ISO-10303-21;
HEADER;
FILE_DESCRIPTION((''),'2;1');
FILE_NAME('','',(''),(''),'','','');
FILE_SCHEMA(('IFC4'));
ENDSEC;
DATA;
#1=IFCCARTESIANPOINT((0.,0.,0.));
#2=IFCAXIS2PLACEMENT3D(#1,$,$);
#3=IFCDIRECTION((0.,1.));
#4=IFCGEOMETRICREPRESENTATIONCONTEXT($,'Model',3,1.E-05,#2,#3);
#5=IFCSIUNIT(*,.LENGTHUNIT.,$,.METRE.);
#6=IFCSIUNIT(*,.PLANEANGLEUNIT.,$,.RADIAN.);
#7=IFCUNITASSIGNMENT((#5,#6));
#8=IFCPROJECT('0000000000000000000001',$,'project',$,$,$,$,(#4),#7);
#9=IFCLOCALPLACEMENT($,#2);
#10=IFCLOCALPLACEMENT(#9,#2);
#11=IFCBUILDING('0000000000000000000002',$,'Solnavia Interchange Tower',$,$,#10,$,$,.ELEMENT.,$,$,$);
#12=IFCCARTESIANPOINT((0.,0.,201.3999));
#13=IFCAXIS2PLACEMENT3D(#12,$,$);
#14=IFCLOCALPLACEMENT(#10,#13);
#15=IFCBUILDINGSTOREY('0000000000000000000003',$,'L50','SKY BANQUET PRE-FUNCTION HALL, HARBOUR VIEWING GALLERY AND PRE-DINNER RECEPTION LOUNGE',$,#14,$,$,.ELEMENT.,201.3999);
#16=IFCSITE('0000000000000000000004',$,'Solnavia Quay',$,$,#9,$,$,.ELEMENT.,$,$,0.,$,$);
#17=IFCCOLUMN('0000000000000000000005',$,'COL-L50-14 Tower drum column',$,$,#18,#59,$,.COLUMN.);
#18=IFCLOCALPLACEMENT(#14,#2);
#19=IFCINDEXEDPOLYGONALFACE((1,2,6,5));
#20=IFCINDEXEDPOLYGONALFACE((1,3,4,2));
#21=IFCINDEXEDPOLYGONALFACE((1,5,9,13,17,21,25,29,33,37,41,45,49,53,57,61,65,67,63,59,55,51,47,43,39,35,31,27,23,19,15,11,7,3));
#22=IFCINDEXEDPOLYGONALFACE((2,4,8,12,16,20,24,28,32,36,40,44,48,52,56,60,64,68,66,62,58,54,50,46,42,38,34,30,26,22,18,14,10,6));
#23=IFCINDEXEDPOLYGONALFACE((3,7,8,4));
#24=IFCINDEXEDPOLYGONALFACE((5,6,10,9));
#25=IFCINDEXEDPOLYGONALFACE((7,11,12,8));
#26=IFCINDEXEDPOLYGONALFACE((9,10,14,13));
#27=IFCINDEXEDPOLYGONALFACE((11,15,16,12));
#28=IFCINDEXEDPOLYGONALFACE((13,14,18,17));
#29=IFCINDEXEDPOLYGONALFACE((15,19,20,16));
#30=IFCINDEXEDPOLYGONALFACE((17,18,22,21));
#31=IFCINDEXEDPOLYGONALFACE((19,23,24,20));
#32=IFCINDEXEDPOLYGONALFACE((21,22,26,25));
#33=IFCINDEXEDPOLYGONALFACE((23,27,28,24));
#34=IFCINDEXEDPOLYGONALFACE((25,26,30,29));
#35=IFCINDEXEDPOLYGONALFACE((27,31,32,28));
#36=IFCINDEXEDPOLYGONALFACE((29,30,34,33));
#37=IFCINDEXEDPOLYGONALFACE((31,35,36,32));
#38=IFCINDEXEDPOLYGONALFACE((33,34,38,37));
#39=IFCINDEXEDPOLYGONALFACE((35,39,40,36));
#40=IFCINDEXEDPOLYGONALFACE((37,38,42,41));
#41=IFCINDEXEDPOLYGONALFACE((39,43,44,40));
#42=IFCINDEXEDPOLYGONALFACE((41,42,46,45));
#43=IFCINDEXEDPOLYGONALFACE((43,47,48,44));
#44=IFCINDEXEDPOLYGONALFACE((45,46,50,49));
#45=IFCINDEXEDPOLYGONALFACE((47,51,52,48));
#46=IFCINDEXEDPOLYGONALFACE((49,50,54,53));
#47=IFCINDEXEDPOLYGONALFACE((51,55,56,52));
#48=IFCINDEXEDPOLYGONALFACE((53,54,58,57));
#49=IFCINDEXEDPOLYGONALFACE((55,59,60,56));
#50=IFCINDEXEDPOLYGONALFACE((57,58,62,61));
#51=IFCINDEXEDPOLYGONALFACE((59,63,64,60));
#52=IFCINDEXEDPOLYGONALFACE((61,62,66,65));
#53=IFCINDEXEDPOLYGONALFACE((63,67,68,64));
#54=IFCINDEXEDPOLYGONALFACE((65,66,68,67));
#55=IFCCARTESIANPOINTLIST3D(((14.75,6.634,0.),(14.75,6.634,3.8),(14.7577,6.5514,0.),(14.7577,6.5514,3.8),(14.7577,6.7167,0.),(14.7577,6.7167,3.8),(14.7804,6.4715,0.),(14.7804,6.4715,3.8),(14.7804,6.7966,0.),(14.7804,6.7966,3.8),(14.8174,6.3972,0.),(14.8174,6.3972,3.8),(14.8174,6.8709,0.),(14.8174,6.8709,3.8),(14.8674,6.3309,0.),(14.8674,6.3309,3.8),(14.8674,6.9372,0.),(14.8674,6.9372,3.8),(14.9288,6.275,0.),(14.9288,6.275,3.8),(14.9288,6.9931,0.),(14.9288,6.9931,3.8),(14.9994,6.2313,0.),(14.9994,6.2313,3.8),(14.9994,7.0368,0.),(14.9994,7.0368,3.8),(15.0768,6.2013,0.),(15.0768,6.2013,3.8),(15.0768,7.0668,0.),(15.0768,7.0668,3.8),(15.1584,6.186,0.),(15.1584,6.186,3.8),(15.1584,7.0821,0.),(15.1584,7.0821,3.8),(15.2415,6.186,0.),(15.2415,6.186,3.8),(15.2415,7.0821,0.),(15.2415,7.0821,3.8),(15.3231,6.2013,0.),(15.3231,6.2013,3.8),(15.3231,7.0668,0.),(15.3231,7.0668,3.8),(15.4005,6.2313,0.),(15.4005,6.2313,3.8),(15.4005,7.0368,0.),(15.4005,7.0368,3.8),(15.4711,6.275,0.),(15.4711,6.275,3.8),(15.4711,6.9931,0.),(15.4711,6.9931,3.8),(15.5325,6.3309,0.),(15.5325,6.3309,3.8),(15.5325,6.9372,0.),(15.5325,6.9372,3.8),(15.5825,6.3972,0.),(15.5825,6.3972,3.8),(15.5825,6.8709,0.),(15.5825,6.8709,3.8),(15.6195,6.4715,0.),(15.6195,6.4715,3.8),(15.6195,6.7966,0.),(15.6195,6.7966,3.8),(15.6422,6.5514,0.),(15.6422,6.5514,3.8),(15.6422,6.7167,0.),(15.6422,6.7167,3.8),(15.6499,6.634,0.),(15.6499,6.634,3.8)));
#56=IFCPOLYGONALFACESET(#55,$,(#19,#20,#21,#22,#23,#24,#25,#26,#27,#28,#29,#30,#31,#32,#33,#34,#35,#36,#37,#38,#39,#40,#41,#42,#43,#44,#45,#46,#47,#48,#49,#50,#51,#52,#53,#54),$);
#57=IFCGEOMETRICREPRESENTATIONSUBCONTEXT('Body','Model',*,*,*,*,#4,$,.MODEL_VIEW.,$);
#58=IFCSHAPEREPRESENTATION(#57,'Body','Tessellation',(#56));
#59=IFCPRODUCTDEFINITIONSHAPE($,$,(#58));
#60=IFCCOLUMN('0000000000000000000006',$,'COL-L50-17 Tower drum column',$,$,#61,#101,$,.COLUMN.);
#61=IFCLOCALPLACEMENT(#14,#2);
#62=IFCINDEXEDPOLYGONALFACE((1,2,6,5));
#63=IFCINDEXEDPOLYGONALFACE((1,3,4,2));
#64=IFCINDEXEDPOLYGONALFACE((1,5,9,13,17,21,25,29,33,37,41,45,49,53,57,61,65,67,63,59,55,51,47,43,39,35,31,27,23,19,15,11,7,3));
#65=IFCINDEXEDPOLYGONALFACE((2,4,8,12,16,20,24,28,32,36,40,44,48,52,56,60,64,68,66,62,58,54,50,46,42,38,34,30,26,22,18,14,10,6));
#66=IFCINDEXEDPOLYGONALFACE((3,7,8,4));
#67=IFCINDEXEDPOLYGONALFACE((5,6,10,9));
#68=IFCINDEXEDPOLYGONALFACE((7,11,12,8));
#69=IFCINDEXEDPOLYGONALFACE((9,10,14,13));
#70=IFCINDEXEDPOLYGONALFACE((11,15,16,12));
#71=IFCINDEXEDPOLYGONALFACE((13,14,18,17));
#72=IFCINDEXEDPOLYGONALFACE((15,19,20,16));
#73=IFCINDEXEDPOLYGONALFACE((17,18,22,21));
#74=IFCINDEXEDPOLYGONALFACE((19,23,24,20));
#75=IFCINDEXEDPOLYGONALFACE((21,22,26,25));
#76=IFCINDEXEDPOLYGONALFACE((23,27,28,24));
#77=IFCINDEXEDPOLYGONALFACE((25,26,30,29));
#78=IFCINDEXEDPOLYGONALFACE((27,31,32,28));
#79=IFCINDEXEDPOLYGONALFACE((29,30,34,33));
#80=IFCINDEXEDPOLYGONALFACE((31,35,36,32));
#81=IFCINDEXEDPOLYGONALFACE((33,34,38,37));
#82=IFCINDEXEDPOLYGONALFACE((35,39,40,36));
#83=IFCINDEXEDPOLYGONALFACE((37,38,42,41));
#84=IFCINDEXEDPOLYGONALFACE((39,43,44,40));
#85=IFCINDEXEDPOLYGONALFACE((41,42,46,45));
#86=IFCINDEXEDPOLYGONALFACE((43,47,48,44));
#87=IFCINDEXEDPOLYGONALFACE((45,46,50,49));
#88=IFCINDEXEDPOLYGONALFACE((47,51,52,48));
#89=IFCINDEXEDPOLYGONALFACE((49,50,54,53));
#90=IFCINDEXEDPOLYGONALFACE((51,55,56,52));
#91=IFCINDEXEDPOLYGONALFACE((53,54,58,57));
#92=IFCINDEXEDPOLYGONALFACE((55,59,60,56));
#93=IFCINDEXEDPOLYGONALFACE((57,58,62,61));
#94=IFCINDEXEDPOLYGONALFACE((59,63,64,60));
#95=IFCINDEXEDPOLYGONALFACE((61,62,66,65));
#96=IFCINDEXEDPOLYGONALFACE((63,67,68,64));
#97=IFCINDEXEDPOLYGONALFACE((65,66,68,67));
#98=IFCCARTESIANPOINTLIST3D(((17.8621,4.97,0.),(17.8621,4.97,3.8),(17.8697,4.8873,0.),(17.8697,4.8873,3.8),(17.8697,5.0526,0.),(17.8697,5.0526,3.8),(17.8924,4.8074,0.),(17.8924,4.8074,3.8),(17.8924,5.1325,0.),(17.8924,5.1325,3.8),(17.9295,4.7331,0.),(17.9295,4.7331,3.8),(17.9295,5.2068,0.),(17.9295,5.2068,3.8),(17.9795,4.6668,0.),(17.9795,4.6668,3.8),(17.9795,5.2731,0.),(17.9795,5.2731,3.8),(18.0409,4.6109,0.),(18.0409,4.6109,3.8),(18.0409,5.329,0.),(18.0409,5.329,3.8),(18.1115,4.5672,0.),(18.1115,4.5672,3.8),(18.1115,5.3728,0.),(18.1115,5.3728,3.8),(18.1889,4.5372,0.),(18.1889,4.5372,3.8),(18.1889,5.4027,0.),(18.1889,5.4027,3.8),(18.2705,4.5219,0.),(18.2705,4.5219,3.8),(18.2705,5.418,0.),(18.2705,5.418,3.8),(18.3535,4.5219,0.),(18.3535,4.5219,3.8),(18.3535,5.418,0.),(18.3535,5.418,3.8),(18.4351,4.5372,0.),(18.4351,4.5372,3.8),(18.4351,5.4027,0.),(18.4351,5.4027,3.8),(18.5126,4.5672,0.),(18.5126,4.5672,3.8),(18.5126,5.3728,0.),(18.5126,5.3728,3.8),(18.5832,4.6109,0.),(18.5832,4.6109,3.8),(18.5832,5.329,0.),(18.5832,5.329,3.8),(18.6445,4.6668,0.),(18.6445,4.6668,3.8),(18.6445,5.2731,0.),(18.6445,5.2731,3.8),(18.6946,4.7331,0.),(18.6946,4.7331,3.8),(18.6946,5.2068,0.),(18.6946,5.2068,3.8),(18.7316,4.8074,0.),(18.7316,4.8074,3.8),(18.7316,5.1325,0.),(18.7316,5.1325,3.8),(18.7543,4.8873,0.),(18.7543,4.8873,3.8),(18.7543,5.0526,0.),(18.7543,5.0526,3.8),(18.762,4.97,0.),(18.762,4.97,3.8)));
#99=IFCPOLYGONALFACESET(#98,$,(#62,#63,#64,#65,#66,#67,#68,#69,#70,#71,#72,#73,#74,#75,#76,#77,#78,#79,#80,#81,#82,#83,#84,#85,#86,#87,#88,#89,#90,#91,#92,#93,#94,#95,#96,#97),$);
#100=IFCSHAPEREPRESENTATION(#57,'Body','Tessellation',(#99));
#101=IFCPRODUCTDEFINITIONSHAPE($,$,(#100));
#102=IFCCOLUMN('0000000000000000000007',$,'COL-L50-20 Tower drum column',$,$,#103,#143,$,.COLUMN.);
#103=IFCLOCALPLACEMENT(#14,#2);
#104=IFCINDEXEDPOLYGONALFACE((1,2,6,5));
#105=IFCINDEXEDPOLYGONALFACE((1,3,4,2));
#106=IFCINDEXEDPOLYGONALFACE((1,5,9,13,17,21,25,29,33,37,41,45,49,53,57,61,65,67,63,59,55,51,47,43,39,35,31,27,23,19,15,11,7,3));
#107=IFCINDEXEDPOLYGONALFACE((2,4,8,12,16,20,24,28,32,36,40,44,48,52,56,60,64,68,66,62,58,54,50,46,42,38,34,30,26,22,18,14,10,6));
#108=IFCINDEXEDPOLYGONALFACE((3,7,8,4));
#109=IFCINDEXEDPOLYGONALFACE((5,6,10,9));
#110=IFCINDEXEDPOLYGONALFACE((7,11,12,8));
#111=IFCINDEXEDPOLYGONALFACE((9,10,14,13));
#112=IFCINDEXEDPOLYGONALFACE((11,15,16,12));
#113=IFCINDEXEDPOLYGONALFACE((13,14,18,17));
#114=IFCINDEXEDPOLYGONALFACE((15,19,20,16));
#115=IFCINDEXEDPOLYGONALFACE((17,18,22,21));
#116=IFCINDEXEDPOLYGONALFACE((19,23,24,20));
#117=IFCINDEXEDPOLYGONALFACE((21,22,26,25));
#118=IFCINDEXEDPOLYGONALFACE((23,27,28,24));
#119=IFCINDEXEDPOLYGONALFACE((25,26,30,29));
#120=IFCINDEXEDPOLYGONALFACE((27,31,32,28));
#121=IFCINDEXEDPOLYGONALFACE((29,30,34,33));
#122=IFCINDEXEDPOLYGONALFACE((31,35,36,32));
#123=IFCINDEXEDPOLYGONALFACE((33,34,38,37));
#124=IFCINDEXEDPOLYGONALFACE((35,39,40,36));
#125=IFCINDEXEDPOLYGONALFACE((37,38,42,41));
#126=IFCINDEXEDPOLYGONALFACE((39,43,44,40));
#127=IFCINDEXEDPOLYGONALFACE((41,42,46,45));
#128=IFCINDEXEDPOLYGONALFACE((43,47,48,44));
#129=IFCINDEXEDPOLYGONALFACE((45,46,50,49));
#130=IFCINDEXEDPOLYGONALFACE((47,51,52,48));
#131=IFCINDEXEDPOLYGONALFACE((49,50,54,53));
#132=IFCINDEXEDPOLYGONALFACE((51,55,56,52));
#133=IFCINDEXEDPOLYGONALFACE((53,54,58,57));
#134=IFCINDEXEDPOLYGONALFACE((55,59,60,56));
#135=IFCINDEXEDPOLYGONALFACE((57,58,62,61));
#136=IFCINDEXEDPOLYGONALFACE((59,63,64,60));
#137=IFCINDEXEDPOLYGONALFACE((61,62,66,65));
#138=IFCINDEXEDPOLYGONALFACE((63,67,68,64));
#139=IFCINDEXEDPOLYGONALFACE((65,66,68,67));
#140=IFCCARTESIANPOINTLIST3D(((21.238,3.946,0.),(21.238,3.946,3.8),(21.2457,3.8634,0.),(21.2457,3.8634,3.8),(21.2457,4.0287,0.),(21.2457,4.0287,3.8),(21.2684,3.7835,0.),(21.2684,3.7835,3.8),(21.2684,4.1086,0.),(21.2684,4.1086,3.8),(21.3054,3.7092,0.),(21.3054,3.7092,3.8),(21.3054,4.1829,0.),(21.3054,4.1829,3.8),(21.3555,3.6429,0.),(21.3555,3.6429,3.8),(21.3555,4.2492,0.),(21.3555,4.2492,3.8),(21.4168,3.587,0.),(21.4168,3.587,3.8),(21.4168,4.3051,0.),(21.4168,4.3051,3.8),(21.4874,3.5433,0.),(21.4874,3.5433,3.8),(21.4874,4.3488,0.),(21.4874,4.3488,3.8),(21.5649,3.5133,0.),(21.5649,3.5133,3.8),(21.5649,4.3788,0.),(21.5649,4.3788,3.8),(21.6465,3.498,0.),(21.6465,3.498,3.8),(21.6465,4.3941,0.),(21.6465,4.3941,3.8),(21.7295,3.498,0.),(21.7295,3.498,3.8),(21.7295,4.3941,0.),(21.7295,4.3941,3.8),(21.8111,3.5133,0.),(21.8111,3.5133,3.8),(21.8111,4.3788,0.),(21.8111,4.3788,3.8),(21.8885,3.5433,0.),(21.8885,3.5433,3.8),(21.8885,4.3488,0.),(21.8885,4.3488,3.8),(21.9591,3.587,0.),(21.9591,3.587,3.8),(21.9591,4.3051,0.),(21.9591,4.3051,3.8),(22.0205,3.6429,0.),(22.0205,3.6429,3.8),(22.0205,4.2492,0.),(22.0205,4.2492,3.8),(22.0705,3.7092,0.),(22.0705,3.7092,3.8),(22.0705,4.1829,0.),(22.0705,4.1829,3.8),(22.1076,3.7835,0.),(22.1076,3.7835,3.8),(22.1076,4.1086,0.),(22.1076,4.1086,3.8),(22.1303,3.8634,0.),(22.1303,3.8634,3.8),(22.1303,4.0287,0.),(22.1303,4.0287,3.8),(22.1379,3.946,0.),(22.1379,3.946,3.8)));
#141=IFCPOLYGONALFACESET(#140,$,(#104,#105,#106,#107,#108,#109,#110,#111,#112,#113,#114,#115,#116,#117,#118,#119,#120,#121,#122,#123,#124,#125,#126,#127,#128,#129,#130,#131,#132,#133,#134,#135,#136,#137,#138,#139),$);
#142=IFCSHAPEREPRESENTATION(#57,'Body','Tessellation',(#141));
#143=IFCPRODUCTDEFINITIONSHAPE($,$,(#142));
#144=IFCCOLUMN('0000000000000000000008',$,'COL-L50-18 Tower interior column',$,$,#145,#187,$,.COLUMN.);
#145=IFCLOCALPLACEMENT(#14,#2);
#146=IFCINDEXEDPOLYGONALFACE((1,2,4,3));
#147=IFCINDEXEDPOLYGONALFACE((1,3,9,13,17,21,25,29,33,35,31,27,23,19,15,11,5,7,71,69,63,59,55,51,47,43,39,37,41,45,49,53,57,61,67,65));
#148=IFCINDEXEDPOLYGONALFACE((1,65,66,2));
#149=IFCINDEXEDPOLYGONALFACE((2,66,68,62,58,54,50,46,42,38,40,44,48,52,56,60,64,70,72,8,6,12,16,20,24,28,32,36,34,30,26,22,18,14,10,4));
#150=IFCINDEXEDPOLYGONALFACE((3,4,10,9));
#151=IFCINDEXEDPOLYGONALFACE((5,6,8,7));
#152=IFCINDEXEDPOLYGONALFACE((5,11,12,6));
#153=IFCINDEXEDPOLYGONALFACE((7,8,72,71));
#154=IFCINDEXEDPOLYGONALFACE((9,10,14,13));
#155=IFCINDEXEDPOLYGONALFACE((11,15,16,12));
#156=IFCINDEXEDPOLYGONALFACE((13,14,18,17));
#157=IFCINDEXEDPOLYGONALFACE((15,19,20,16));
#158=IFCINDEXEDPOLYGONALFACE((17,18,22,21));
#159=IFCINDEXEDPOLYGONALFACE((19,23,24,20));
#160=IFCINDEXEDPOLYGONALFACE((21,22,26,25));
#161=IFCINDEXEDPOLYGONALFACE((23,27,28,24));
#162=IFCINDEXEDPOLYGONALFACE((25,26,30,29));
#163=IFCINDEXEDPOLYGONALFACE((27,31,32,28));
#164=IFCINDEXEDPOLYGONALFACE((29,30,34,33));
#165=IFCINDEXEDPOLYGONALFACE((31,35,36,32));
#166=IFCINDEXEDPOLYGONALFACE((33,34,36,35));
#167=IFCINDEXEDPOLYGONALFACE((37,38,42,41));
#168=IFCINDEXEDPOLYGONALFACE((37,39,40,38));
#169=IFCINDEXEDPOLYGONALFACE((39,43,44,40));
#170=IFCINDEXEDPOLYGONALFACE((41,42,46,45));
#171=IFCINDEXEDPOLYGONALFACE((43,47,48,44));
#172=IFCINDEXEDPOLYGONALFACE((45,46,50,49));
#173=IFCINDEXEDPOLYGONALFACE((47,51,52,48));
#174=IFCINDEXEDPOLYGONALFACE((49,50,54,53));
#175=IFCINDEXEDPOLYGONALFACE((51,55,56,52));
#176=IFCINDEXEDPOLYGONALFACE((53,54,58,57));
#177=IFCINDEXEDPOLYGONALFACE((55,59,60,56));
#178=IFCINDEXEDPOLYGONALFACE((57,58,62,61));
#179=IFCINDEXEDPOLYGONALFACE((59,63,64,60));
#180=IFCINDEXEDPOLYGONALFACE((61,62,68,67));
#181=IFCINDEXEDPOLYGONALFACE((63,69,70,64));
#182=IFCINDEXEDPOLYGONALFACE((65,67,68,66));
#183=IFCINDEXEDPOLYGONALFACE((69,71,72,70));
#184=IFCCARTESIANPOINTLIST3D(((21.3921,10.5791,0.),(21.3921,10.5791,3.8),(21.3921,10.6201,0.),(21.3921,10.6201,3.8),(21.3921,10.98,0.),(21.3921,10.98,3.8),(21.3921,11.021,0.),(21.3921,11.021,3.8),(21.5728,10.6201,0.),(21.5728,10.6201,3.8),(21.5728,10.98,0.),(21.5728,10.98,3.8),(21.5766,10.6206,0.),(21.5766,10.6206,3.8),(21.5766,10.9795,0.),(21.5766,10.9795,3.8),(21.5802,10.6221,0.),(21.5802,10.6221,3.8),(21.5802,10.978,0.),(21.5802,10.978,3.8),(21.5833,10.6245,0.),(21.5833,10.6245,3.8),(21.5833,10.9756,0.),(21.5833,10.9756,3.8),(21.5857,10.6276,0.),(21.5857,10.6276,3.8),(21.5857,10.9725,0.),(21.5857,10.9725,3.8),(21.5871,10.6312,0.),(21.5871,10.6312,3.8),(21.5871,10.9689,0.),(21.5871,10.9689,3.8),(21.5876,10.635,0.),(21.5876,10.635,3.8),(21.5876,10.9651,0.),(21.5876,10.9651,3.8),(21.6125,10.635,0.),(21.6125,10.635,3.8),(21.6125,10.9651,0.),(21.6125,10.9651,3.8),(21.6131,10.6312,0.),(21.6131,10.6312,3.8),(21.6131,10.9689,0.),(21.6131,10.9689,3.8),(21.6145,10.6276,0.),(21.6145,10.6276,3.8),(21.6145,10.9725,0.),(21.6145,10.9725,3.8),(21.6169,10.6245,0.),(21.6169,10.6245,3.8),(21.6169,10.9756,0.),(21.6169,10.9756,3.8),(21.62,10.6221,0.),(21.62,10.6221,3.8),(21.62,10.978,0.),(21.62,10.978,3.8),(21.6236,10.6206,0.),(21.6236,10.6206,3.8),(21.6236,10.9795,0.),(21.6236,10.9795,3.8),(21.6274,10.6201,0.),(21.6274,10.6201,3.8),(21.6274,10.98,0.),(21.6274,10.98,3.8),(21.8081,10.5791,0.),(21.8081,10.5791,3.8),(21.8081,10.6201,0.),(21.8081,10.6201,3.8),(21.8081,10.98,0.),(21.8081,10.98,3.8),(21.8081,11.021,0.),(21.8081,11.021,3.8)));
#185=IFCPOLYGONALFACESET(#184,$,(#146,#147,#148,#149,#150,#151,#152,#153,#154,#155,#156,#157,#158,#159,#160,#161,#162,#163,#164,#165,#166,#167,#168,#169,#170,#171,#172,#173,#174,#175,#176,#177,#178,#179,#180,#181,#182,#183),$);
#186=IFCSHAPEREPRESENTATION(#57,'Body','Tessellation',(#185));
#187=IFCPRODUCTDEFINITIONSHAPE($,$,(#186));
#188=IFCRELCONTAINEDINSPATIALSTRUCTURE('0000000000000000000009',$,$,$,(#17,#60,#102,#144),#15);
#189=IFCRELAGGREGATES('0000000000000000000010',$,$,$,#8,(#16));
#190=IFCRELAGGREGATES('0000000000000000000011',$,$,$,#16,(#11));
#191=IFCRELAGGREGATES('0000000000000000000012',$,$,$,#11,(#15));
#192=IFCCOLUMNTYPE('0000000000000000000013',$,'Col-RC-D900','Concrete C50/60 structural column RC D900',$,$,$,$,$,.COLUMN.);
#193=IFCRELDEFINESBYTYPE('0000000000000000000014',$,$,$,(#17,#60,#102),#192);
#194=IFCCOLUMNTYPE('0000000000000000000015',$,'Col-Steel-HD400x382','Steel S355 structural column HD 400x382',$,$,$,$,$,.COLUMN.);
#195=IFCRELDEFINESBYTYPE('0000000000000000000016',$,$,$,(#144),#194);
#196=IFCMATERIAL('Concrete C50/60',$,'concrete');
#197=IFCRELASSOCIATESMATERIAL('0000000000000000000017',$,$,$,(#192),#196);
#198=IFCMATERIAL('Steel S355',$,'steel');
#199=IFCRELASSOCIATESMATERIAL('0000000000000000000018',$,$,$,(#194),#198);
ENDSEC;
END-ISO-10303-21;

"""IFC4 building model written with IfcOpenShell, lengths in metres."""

from ifc_helpers import new_model, si_unit, direction, frame, origin, origin_2d, place, context, subcontext, project, spatial, circle, i_section, extrude, material, material_profile, profile_set, type_object, element, save


model = new_model("IFC4")

# Units and contexts
model_context = context("Model", 3, precision=1e-05, world=origin(), true_north=direction((0.0, 1.0)))
body_context = subcontext(model_context, "Body", "Model", "MODEL_VIEW")
ifc_project = project(units=[si_unit("LENGTHUNIT", "METRE"), si_unit("PLANEANGLEUNIT", "RADIAN")], contexts=[model_context])

# Site, building, storey
site_placement = place(None, origin())
site = spatial("IfcSite", under=ifc_project, at=site_placement, Name="Solnavia Quay", CompositionType="ELEMENT", RefElevation=0.0)
building_placement = place(site_placement, origin())
building = spatial("IfcBuilding", under=site, at=building_placement, Name="Solnavia Interchange Tower", CompositionType="ELEMENT")
storey_placement = place(building_placement, frame((0.0, 0.0, 201.3999)))
storey = spatial("IfcBuildingStorey", under=building, at=storey_placement, Name="L50", Description="SKY BANQUET PRE-FUNCTION HALL, HARBOUR VIEWING GALLERY AND PRE-DINNER RECEPTION LOUNGE", CompositionType="ELEMENT", Elevation=201.3999)

# Columns
ifc_material_1 = material(Name="Concrete C50/60", Category="concrete")
ifc_material_profile_1 = material_profile(ifc_material_1, circle(Radius=0.45, at=origin_2d()), Name="RC D900")
ifc_profile_set_1 = profile_set([ifc_material_profile_1], Name="Concrete C50/60")
column_type_1 = type_object("IfcColumnType", Name="Col-RC-D900", Description="Concrete C50/60 structural column RC D900", PredefinedType="COLUMN", material=ifc_profile_set_1)
for number, where, z_axis, x_axis, name in (
    (1, (15.2, 6.634, 0.0), (0.0, 0.0, 1.0), (1.0, 0.0, 0.0), "COL-L50-14 Tower drum column"),
    (2, (18.312, 4.97, 0.0), (0.0, 0.0, 1.0), (1.0, 0.0, 0.0), "COL-L50-17 Tower drum column"),
    (3, (21.688, 3.946, 0.0), (0.0, 0.0, 1.0), (1.0, 0.0, 0.0), "COL-L50-20 Tower drum column"),
):
    element("IfcColumn", number, at=place(storey_placement, frame(where, z_axis=z_axis, x_axis=x_axis)), inside=storey, type_object=column_type_1, Name=name, PredefinedType="COLUMN", context=body_context, shape_type="SweptSolid", body=[
        extrude(circle(Radius=0.45, at=origin_2d()), origin(), (0.0, 0.0, 1.0), 3.8),
    ])
ifc_material_2 = material(Name="Steel S355", Category="steel")
ifc_material_profile_2 = material_profile(ifc_material_2, i_section(OverallWidth=0.416, OverallDepth=0.4419, WebThickness=0.0249, FlangeThickness=0.041, FilletRadius=0.0149, at=origin_2d()), Name="HD 400x382")
ifc_profile_set_2 = profile_set([ifc_material_profile_2], Name="Steel S355")
column_type_2 = type_object("IfcColumnType", Name="Col-Steel-HD400x382", Description="Steel S355 structural column HD 400x382", PredefinedType="COLUMN", material=ifc_profile_set_2)
column_placement = place(storey_placement, frame((21.6001, 10.8, 0.0), z_axis=(0.0, 0.0, 1.0), x_axis=(1.0, 0.0, 0.0)))
element("IfcColumn", 4, at=column_placement, inside=storey, type_object=column_type_2, Name="COL-L50-18 Tower interior column", PredefinedType="COLUMN", context=body_context, shape_type="SweptSolid", body=[
    extrude(i_section(OverallWidth=0.416, OverallDepth=0.4419, WebThickness=0.0249, FlangeThickness=0.041, FilletRadius=0.0149, at=origin_2d()), origin(), (0.0, 0.0, 1.0), 3.8),
])

save(model, "model.ifc")
